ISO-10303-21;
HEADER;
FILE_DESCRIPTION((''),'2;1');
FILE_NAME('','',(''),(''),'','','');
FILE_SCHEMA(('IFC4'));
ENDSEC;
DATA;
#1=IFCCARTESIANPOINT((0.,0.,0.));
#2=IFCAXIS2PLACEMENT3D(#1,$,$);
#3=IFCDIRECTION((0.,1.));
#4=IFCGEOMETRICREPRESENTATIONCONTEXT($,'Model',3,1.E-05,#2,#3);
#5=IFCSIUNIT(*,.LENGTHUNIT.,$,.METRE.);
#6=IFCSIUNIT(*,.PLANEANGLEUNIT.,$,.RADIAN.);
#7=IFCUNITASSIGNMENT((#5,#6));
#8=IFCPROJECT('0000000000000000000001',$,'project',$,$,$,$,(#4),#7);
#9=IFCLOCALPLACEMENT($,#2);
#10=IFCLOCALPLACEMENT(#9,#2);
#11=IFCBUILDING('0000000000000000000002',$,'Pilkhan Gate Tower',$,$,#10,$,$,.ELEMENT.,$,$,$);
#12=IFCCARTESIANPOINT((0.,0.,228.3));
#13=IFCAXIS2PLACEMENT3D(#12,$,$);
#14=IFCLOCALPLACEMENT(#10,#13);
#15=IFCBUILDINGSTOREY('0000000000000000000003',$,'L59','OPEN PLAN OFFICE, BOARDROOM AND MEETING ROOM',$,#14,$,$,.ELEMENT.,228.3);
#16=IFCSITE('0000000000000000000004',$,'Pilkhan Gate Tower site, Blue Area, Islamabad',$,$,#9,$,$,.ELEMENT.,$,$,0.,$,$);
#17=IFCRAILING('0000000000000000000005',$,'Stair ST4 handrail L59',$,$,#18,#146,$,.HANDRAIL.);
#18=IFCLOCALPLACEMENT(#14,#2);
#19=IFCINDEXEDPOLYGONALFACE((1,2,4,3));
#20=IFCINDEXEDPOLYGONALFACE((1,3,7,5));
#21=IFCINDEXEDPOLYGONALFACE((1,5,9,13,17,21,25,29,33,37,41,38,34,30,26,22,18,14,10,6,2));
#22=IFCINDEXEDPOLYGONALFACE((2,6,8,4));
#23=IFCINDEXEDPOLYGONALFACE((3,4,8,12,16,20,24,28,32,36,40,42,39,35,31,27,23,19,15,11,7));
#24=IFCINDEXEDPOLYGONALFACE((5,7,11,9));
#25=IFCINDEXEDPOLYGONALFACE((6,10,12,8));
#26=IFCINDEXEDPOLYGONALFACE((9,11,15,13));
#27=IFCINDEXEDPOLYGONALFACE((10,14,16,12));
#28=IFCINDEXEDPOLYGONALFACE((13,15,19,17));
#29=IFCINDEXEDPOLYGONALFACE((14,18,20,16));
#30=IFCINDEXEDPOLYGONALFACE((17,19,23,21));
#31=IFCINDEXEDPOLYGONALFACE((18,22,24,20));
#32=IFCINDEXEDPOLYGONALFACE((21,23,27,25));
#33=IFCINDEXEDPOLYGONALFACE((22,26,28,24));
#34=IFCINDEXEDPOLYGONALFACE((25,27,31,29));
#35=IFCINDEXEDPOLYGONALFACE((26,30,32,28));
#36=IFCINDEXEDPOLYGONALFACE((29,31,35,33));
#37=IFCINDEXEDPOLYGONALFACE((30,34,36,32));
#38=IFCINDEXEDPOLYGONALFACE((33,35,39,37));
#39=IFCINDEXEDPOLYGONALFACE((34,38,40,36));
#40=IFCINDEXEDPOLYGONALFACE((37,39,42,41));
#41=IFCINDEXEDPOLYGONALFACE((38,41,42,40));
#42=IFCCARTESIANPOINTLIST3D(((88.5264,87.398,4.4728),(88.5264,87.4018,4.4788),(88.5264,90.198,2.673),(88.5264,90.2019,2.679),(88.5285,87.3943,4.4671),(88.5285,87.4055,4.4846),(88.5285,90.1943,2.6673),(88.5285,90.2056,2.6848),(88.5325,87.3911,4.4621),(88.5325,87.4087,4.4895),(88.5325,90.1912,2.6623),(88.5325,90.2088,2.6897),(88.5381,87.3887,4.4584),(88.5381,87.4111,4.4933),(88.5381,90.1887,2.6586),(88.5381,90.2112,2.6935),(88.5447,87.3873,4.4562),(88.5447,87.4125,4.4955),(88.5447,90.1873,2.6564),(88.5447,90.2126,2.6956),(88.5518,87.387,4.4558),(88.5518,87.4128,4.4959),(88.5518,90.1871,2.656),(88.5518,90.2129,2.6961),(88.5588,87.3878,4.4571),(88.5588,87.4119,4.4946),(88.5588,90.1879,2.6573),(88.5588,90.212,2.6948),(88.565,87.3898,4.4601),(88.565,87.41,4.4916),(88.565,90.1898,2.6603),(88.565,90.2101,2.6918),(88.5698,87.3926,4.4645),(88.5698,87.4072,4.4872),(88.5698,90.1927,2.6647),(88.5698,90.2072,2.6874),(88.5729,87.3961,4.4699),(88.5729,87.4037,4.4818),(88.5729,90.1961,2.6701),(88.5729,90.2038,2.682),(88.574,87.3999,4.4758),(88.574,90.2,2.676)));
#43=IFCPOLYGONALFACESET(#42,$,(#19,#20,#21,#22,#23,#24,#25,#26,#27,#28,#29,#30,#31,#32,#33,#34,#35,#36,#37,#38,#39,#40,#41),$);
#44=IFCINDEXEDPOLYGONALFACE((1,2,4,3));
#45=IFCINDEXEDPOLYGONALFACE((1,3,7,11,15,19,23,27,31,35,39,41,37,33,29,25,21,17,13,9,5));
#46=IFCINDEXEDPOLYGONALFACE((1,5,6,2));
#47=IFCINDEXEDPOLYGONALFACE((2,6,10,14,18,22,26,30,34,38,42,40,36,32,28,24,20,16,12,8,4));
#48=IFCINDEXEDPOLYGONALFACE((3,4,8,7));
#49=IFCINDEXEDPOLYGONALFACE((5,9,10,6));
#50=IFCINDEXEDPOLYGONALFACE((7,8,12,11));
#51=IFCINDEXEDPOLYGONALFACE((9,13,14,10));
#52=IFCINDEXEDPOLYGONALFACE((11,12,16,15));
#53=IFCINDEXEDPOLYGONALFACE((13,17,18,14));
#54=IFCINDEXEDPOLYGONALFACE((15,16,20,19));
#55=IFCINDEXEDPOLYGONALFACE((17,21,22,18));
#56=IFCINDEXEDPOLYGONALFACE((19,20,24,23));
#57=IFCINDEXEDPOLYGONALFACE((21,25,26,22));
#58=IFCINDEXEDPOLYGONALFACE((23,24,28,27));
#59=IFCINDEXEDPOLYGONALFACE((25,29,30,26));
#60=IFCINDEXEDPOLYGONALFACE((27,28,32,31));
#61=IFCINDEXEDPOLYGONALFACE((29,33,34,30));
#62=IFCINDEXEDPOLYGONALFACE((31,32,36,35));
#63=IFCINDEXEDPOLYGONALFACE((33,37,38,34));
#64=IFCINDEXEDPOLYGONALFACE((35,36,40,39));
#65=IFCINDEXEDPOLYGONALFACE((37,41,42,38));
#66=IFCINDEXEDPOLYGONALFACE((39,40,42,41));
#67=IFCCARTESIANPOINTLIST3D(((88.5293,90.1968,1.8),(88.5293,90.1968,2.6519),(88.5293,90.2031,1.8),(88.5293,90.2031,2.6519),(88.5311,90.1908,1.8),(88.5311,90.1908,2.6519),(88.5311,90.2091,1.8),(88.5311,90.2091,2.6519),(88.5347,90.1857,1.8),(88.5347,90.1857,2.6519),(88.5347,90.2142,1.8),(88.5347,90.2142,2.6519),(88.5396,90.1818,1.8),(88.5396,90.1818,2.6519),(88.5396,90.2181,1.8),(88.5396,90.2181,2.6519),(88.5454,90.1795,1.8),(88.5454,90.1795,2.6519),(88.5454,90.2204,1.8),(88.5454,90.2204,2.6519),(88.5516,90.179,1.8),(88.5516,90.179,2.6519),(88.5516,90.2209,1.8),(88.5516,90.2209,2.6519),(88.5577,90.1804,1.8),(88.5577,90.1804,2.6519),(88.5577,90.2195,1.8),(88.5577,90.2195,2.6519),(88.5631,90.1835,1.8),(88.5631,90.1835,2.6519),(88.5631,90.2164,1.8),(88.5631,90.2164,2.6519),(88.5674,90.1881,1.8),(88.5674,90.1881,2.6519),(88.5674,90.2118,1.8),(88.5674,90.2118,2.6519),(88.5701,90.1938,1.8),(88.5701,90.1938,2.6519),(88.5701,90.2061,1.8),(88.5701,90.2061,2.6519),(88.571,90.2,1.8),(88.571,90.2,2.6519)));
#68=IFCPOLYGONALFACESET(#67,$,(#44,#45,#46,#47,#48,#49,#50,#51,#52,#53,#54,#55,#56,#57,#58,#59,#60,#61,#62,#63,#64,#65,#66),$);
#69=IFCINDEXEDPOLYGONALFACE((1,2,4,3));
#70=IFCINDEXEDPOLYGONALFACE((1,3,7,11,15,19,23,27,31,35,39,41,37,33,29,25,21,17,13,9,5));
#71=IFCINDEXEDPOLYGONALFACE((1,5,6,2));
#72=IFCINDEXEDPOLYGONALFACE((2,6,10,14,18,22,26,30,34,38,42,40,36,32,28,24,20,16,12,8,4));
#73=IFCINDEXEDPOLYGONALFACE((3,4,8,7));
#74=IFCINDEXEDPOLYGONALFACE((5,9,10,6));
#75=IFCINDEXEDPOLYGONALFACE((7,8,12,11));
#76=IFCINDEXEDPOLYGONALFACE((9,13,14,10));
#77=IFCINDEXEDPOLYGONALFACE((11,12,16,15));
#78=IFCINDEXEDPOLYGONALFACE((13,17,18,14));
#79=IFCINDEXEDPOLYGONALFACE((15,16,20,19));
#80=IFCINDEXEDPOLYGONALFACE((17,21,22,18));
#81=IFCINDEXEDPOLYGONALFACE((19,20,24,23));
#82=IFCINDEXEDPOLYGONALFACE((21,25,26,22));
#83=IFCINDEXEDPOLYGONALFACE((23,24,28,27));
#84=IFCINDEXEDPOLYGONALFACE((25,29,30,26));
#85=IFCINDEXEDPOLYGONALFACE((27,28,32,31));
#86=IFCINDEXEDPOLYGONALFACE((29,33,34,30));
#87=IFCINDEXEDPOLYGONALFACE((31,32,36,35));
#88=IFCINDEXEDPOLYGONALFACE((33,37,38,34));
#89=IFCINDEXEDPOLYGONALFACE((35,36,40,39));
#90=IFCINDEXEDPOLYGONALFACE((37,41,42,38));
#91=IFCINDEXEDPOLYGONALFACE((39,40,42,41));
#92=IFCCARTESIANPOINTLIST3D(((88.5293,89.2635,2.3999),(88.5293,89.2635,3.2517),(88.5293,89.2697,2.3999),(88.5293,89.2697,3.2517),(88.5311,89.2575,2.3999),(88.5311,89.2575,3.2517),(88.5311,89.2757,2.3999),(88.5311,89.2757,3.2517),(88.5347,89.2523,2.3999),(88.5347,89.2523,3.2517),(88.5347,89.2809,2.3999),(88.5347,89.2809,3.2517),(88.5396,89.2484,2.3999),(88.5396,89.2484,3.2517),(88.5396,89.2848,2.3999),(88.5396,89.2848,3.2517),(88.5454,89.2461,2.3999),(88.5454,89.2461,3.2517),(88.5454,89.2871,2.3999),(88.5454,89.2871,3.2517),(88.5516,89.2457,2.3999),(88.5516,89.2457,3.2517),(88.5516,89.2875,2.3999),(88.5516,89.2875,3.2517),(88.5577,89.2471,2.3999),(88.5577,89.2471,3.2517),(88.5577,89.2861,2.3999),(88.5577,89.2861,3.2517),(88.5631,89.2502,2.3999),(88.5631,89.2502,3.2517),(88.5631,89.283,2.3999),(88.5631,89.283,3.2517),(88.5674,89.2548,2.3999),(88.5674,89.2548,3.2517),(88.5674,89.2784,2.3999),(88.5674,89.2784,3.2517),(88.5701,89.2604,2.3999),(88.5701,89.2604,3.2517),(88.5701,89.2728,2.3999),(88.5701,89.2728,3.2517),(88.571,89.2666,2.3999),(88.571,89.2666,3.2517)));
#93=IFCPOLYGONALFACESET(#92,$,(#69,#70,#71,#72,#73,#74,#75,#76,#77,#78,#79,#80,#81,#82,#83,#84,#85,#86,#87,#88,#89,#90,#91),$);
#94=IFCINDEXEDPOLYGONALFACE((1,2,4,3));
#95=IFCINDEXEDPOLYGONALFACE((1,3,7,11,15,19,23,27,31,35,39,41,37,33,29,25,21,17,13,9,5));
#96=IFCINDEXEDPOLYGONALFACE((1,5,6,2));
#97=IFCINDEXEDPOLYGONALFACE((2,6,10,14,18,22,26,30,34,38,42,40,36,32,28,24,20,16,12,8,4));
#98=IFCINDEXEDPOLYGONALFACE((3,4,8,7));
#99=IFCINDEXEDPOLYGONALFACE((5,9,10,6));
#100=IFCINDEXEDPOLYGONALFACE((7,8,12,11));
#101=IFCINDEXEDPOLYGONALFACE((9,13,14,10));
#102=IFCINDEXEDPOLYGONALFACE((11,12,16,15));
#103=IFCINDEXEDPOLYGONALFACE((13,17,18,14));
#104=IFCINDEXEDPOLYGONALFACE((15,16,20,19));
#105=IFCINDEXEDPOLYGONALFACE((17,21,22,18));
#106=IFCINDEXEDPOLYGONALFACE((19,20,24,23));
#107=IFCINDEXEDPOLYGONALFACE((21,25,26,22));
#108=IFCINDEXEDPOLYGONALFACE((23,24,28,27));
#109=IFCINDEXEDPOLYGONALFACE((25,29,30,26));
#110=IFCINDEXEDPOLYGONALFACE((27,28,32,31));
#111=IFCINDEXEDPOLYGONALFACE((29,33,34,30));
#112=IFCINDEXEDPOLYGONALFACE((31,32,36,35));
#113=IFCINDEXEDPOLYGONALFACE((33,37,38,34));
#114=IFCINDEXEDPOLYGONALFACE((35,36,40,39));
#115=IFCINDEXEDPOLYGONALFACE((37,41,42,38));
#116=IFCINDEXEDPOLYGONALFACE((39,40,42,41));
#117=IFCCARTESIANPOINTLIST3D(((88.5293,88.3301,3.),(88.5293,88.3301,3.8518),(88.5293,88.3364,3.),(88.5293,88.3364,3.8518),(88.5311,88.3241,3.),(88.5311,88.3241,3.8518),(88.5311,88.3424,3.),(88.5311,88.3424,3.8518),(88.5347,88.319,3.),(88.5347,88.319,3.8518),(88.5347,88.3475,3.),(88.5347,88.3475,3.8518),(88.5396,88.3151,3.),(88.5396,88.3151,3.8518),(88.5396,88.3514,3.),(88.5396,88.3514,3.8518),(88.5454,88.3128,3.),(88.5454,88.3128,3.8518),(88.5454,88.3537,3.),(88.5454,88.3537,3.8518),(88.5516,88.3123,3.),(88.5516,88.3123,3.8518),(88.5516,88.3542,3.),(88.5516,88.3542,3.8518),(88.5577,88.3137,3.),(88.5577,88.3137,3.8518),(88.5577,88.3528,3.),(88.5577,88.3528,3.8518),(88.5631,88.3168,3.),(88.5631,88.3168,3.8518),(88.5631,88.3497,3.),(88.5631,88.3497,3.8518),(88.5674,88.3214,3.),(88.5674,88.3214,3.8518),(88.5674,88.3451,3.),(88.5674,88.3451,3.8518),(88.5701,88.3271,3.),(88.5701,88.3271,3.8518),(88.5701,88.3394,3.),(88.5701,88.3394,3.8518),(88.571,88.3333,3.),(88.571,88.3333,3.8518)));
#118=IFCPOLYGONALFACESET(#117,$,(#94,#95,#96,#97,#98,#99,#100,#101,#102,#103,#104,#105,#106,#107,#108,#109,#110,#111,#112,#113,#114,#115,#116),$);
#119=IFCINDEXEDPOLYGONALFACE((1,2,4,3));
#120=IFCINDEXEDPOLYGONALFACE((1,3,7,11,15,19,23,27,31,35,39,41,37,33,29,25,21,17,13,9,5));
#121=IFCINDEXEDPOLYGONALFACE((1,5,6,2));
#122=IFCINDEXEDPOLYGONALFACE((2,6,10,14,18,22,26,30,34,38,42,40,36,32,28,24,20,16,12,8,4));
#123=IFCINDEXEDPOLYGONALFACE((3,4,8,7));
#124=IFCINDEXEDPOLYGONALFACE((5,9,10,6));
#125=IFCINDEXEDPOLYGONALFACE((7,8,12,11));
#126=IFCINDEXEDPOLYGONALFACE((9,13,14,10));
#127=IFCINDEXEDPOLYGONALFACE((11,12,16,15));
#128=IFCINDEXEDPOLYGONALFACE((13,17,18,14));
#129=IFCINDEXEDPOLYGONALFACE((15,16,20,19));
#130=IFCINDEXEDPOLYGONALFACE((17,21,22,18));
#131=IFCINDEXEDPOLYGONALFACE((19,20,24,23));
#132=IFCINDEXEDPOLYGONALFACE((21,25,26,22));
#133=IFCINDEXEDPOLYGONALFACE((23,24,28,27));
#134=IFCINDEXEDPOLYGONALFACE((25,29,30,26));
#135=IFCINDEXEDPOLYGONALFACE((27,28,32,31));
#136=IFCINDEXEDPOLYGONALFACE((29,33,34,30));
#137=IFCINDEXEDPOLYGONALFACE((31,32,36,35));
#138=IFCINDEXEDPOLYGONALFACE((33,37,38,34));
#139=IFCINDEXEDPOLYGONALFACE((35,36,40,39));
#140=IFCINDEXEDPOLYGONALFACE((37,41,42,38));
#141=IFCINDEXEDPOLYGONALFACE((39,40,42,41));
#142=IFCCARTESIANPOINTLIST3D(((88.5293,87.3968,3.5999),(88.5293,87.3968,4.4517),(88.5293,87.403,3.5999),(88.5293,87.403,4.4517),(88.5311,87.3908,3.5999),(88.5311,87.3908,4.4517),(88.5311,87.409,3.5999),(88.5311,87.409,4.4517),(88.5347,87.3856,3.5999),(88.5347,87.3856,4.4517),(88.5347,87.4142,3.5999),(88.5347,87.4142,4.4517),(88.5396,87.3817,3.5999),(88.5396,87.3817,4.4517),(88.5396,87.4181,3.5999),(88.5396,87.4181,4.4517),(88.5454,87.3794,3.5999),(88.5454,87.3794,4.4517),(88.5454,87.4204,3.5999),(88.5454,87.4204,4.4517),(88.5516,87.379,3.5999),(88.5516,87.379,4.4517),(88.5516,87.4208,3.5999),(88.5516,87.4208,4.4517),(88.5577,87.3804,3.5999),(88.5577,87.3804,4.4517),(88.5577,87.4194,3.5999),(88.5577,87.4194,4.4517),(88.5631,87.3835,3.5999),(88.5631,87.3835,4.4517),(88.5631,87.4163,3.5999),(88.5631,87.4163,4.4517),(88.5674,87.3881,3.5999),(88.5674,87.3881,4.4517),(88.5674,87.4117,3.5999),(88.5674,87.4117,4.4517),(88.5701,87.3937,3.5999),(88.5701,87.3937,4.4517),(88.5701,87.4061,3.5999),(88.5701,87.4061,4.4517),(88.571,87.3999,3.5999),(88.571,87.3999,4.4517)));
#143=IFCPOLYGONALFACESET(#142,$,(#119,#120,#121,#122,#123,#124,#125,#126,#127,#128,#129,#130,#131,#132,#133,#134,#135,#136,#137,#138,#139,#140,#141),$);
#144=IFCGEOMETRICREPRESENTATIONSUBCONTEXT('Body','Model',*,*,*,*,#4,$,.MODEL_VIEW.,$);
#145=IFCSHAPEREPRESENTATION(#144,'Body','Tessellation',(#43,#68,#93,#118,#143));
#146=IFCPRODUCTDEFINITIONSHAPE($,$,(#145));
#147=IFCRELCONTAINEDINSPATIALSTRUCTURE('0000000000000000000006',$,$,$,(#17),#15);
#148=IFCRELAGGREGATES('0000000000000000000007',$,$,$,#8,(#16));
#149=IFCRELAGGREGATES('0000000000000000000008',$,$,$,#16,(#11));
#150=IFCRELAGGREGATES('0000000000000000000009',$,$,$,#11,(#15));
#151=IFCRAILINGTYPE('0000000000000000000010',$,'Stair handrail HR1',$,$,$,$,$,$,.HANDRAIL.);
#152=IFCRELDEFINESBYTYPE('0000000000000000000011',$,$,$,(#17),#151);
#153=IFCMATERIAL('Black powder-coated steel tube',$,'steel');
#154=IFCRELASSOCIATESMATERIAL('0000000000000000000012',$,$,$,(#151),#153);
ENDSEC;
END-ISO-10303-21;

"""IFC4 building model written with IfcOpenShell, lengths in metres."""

from ifc_helpers import new_model, si_unit, direction, frame, origin, origin_2d, place, context, subcontext, project, spatial, circle, extrude, material, type_object, element, save


model = new_model("IFC4")

# Units and contexts
model_context = context("Model", 3, precision=1e-05, world=origin(), true_north=direction((0.0, 1.0)))
body_context = subcontext(model_context, "Body", "Model", "MODEL_VIEW")
ifc_project = project(units=[si_unit("LENGTHUNIT", "METRE"), si_unit("PLANEANGLEUNIT", "RADIAN")], contexts=[model_context])

# Site, building, storey
site_placement = place(None, origin())
site = spatial("IfcSite", under=ifc_project, at=site_placement, Name="Pilkhan Gate Tower site, Blue Area, Islamabad", CompositionType="ELEMENT", RefElevation=0.0)
building_placement = place(site_placement, origin())
building = spatial("IfcBuilding", under=site, at=building_placement, Name="Pilkhan Gate Tower", CompositionType="ELEMENT")
storey_placement = place(building_placement, frame((0.0, 0.0, 228.3)))
storey = spatial("IfcBuildingStorey", under=building, at=storey_placement, Name="L59", Description="OPEN PLAN OFFICE, BOARDROOM AND MEETING ROOM", CompositionType="ELEMENT", Elevation=228.3)

# Railing
ifc_material_1 = material(Name="Black powder-coated steel tube", Category="steel")
railing_type_1 = type_object("IfcRailingType", Name="Stair handrail HR1", PredefinedType="HANDRAIL", material=ifc_material_1)
railing_1_placement = place(storey_placement, frame((88.55, 90.2, 1.8)))
element("IfcRailing", 1, at=railing_1_placement, inside=storey, type_object=railing_type_1, Name="Stair ST4 handrail L59", PredefinedType="HANDRAIL", context=body_context, shape_type="SweptSolid", body=[
    extrude(circle(Radius=0.0239, at=origin_2d()), frame((0.0, 0.0, 0.876), z_axis=(0.0, -0.841209, 0.540709), x_axis=(1.0, 0.0, 0.0)), (0.0, 0.0, 1.0), 3.3286),
    extrude(circle(Radius=0.021, at=origin_2d()), origin(), (0.0, 0.0, 1.0), 0.8518),
    extrude(circle(Radius=0.021, at=origin_2d()), frame((0.0, -0.9333, 0.5999)), (0.0, 0.0, 1.0), 0.8518),
    extrude(circle(Radius=0.021, at=origin_2d()), frame((0.0, -1.8667, 1.2)), (0.0, 0.0, 1.0), 0.8518),
    extrude(circle(Radius=0.021, at=origin_2d()), frame((0.0, -2.8, 1.7998)), (0.0, 0.0, 1.0), 0.8518),
])

save(model, "model.ifc")
